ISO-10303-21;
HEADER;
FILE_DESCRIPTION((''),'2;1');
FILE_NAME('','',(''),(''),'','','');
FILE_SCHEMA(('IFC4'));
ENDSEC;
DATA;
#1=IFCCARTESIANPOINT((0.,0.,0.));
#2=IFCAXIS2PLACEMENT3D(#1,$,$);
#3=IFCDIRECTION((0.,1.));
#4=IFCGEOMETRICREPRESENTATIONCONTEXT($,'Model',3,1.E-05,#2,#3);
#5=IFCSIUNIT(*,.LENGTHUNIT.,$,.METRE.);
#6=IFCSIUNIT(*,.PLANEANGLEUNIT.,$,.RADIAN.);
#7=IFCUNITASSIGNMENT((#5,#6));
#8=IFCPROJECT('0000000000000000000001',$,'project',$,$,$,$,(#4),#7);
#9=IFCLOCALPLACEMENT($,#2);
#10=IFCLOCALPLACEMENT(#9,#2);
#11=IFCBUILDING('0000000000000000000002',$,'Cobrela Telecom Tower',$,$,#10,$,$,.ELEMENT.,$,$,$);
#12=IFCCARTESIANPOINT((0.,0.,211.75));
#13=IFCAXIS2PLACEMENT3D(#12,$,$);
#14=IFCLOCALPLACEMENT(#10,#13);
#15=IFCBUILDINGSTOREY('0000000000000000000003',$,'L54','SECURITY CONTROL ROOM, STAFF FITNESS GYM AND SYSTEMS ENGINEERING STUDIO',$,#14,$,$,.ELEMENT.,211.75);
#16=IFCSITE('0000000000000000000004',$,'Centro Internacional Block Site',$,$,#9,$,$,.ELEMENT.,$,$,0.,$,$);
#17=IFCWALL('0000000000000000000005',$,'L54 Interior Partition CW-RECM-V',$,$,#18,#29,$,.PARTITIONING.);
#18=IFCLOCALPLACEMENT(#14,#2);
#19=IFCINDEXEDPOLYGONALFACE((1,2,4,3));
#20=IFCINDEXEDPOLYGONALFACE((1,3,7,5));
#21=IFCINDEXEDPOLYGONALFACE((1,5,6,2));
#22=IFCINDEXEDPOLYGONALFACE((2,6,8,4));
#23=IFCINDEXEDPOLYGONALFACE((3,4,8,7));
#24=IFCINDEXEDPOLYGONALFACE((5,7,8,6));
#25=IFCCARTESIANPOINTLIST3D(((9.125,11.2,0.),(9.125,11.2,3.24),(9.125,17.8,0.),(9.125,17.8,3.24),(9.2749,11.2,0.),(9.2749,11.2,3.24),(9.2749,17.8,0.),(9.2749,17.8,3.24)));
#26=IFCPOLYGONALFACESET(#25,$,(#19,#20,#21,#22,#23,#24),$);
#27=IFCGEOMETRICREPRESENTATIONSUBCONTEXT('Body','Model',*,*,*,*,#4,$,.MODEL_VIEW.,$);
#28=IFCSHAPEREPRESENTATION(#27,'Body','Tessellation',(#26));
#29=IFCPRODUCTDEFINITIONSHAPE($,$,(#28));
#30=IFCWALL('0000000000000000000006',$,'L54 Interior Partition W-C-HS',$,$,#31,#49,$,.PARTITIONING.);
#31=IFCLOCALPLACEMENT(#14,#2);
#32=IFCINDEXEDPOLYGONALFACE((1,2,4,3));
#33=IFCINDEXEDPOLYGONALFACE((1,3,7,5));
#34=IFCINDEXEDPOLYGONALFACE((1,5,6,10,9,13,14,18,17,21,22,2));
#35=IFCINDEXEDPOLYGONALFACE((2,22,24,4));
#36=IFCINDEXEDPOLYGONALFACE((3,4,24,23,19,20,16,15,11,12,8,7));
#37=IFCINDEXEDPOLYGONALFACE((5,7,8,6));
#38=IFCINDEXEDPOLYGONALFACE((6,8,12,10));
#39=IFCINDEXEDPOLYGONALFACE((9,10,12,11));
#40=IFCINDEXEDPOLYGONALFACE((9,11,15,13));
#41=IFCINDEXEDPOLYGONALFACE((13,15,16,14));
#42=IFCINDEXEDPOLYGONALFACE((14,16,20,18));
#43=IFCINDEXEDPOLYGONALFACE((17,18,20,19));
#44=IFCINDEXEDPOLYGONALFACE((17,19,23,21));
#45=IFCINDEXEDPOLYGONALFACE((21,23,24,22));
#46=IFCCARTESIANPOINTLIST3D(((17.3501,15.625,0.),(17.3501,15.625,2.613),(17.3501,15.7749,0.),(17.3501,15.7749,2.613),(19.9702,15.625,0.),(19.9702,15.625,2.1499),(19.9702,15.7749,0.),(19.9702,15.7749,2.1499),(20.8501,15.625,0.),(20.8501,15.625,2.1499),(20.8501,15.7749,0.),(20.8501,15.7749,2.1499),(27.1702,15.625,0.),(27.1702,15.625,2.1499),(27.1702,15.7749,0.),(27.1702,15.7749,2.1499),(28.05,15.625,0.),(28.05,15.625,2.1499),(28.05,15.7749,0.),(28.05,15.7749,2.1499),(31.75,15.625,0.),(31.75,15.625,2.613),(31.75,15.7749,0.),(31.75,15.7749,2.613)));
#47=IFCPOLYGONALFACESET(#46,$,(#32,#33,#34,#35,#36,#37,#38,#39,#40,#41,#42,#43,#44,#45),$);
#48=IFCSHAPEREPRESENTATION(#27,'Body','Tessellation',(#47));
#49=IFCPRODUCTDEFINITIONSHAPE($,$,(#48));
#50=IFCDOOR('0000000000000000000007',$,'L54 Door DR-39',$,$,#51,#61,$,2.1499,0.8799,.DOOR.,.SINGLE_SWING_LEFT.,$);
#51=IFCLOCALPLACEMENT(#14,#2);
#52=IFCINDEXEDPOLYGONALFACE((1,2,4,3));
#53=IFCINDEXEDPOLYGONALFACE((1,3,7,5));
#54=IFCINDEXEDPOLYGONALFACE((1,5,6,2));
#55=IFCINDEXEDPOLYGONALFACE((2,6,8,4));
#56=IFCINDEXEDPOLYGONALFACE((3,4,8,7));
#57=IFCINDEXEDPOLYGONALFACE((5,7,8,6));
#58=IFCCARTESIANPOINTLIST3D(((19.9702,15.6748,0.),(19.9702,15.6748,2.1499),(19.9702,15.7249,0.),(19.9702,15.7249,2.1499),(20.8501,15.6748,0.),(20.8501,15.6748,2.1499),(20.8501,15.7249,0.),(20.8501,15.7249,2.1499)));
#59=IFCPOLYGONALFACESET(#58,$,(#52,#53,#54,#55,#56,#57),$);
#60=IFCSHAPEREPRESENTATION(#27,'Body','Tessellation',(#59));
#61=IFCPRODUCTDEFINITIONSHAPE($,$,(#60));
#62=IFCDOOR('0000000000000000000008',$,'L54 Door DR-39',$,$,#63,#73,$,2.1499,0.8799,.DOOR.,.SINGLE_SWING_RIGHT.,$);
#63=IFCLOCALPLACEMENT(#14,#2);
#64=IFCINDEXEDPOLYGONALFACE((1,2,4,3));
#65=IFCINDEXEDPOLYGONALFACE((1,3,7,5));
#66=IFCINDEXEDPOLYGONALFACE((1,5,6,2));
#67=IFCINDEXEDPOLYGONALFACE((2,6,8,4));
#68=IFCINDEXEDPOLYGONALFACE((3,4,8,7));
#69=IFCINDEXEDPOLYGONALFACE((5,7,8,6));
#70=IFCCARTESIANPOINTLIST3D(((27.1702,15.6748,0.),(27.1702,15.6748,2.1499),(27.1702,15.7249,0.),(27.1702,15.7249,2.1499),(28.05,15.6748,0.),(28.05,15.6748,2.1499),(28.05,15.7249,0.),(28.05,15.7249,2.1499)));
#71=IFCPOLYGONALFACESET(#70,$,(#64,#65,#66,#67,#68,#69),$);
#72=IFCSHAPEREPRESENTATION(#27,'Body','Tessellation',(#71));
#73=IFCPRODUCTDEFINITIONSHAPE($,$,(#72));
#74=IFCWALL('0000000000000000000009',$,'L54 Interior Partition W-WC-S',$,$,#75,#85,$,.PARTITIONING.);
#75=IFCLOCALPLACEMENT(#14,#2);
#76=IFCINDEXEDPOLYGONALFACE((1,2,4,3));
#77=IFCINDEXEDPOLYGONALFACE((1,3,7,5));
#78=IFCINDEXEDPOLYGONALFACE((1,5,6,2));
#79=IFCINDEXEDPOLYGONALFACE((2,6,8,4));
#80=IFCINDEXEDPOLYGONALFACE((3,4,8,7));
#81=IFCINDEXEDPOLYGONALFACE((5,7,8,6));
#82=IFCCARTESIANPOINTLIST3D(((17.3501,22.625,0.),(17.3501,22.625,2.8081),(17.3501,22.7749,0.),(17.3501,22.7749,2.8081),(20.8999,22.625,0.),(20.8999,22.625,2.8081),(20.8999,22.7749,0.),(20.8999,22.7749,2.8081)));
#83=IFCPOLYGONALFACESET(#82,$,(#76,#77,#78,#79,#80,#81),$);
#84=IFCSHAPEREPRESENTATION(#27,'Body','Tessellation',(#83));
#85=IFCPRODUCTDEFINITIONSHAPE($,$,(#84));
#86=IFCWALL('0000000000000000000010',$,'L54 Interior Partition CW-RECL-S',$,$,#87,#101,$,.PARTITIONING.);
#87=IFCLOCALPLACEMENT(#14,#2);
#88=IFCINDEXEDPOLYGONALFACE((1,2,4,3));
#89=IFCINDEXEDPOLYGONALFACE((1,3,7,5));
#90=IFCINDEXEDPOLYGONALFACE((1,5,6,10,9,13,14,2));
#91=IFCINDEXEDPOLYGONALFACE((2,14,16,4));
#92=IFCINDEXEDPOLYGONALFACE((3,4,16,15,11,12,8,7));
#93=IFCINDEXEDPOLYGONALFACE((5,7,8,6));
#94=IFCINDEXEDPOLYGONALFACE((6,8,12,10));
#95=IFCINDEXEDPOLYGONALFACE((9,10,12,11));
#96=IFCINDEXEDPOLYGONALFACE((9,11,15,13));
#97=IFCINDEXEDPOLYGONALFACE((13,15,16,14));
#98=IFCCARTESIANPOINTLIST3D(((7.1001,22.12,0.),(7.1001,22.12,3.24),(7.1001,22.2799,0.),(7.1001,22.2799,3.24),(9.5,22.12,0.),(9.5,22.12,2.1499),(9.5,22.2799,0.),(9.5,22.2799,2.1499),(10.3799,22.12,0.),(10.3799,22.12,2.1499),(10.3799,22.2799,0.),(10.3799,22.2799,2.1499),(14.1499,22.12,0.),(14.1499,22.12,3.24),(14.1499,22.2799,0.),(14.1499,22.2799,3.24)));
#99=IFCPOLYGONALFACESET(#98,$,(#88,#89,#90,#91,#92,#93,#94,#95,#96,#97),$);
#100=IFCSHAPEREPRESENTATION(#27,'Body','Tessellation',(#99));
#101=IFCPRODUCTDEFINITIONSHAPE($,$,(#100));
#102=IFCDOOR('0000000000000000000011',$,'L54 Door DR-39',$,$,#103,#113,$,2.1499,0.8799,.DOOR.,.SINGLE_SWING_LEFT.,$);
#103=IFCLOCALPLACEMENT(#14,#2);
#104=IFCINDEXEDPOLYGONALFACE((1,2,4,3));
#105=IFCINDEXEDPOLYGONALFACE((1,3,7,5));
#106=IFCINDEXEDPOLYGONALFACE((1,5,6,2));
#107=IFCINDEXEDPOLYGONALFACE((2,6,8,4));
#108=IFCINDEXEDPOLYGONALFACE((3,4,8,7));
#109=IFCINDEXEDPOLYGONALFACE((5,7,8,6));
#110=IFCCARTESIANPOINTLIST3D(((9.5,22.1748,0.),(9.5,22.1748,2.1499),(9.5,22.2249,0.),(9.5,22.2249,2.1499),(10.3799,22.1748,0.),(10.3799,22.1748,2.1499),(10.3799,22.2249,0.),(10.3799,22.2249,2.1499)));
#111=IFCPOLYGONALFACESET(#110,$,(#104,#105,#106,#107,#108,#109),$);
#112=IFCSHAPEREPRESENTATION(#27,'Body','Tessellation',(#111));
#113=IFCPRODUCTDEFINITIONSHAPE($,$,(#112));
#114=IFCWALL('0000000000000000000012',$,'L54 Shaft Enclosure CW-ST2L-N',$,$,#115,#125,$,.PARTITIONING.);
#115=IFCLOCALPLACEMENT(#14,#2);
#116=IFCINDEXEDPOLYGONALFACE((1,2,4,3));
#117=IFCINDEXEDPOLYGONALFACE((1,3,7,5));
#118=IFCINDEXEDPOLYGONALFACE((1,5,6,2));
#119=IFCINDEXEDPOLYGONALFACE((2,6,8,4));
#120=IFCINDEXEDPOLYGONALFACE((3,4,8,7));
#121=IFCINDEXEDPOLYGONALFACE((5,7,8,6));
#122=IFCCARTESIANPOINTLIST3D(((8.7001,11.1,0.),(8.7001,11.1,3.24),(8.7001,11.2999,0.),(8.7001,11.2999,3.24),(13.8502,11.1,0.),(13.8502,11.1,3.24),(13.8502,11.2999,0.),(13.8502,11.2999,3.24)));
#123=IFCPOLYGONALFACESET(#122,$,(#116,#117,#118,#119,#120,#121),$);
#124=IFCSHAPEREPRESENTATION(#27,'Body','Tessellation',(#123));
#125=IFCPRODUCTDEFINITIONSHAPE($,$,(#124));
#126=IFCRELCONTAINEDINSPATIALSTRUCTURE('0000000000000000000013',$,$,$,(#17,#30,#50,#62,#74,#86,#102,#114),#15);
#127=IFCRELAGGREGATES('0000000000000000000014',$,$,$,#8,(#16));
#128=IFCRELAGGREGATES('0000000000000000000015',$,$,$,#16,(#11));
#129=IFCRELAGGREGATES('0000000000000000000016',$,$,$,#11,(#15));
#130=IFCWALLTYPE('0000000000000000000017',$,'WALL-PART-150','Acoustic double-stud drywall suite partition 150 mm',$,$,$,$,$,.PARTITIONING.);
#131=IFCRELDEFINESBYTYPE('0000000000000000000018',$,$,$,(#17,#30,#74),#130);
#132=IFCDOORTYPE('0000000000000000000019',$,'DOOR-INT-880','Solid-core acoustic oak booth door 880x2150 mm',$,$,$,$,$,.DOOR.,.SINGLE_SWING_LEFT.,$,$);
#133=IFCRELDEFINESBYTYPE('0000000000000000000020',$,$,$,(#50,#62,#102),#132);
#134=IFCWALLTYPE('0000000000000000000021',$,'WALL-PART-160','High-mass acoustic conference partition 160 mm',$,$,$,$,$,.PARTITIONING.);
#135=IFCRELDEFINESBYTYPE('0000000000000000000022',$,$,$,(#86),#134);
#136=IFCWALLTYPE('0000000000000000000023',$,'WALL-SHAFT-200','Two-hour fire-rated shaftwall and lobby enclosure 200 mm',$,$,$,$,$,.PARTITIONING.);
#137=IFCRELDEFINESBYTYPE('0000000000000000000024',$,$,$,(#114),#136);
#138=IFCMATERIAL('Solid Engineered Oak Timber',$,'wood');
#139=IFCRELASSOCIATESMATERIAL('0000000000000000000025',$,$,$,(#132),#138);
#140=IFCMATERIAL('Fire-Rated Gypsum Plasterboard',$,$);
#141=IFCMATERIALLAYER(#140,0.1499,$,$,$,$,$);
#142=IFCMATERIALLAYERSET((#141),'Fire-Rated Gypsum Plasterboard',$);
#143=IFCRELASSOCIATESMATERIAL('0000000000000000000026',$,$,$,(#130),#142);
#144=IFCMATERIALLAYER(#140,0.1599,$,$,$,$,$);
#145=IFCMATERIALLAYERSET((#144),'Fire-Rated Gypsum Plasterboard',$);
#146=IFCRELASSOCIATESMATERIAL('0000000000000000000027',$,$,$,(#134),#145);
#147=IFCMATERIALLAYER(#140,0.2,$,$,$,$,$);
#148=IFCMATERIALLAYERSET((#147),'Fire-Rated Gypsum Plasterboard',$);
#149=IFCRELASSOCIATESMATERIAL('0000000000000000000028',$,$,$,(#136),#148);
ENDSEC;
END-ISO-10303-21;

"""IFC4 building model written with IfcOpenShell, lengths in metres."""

from ifc_helpers import new_model, si_unit, direction, frame, frame_2d, origin, place, context, subcontext, project, spatial, rectangle, extrude, material, layer, layer_set, type_object, element, fill, save


model = new_model("IFC4")

# Units and contexts
model_context = context("Model", 3, precision=1e-05, world=origin(), true_north=direction((0.0, 1.0)))
body_context = subcontext(model_context, "Body", "Model", "MODEL_VIEW")
ifc_project = project(units=[si_unit("LENGTHUNIT", "METRE"), si_unit("PLANEANGLEUNIT", "RADIAN")], contexts=[model_context])

# Site, building, storey
site_placement = place(None, origin())
site = spatial("IfcSite", under=ifc_project, at=site_placement, Name="Centro Internacional Block Site", CompositionType="ELEMENT", RefElevation=0.0)
building_placement = place(site_placement, origin())
building = spatial("IfcBuilding", under=site, at=building_placement, Name="Cobrela Telecom Tower", CompositionType="ELEMENT")
storey_placement = place(building_placement, frame((0.0, 0.0, 211.75)))
storey = spatial("IfcBuildingStorey", under=building, at=storey_placement, Name="L54", Description="SECURITY CONTROL ROOM, STAFF FITNESS GYM AND SYSTEMS ENGINEERING STUDIO", CompositionType="ELEMENT", Elevation=211.75)

# Shared definitions
ifc_material_1 = material(Name="Fire-Rated Gypsum Plasterboard")
ifc_material_2 = material(Name="Solid Engineered Oak Timber", Category="wood")

# Shared definitions
door_type_1 = type_object("IfcDoorType", Name="DOOR-INT-880", Description="Solid-core acoustic oak booth door 880x2150 mm", OperationType="SINGLE_SWING_LEFT", PredefinedType="DOOR", material=ifc_material_2)

# Wall
ifc_layer_1 = layer(ifc_material_1, 0.1499)
ifc_layer_set_1 = layer_set([ifc_layer_1], Name="Fire-Rated Gypsum Plasterboard")
wall_type_1 = type_object("IfcWallType", Name="WALL-PART-150", Description="Acoustic double-stud drywall suite partition 150 mm", PredefinedType="PARTITIONING", material=ifc_layer_set_1)
wall_1_placement = place(storey_placement, frame((9.2, 11.2, 0.0), z_axis=(0.0, 0.0, 1.0), x_axis=(0.0, 1.0, 0.0)))
element("IfcWall", 1, at=wall_1_placement, inside=storey, type_object=wall_type_1, Name="L54 Interior Partition CW-RECM-V", PredefinedType="PARTITIONING", context=body_context, shape_type="SweptSolid", body=[
    extrude(rectangle(XDim=6.6001, YDim=0.1499, at=frame_2d((3.3, 0.0))), origin(), (0.0, 0.0, 1.0), 3.24),
])

# Wall, openings, doors
wall_2_placement = place(storey_placement, frame((17.3501, 15.7, 0.0), z_axis=(0.0, 0.0, 1.0), x_axis=(1.0, 0.0, 0.0)))
wall_2 = element("IfcWall", 2, at=wall_2_placement, inside=storey, type_object=wall_type_1, Name="L54 Interior Partition W-C-HS", PredefinedType="PARTITIONING", context=body_context, shape_type="SweptSolid", body=[
    extrude(rectangle(XDim=14.3999, YDim=0.1499, at=frame_2d((7.2, 0.0))), origin(), (0.0, 0.0, 1.0), 2.613),
])
opening_1_placement = place(wall_2_placement, frame((2.6201, 0.0, 0.0)))
opening_1 = element("IfcOpeningElement", 3, at=opening_1_placement, cuts=wall_2, PredefinedType="OPENING", context=body_context, shape_type="SweptSolid", body=[
    extrude(rectangle(XDim=0.8799, YDim=2.1499, at=frame_2d((0.4399, 1.075))), frame((0.0, 0.0869, 0.0), z_axis=(0.0, -1.0, 0.0), x_axis=(1.0, 0.0, 0.0)), (0.0, 0.0, 1.0), 0.1738),
])
opening_2_placement = place(wall_2_placement, frame((9.8201, 0.0, 0.0)))
opening_2 = element("IfcOpeningElement", 4, at=opening_2_placement, cuts=wall_2, PredefinedType="OPENING", context=body_context, shape_type="SweptSolid", body=[
    extrude(rectangle(XDim=0.8799, YDim=2.1499, at=frame_2d((0.4399, 1.075))), frame((0.0, 0.0869, 0.0), z_axis=(0.0, -1.0, 0.0), x_axis=(1.0, 0.0, 0.0)), (0.0, 0.0, 1.0), 0.1738),
])
door_1_placement = place(opening_1_placement, origin())
door_1 = element("IfcDoor", 5, at=door_1_placement, inside=storey, type_object=door_type_1, Name="L54 Door DR-39", OperationType="SINGLE_SWING_LEFT", OverallHeight=2.1499, OverallWidth=0.8799, PredefinedType="DOOR", context=body_context, shape_type="SweptSolid", body=[
    extrude(rectangle(XDim=0.8799, YDim=2.1499, at=frame_2d((0.4399, 1.075))), frame((0.0, 0.0249, 0.0), z_axis=(0.0, -1.0, 0.0), x_axis=(1.0, 0.0, 0.0)), (0.0, 0.0, 1.0), 0.05),
])
fill(opening_1, door_1)
door_2_placement = place(opening_2_placement, origin())
door_2 = element("IfcDoor", 6, at=door_2_placement, inside=storey, type_object=door_type_1, Name="L54 Door DR-39", OperationType="SINGLE_SWING_RIGHT", OverallHeight=2.1499, OverallWidth=0.8799, PredefinedType="DOOR", context=body_context, shape_type="SweptSolid", body=[
    extrude(rectangle(XDim=0.8799, YDim=2.1499, at=frame_2d((0.4399, 1.075))), frame((0.0, 0.0249, 0.0), z_axis=(0.0, -1.0, 0.0), x_axis=(1.0, 0.0, 0.0)), (0.0, 0.0, 1.0), 0.05),
])
fill(opening_2, door_2)

# Wall
wall_3_placement = place(storey_placement, frame((17.3501, 22.7, 0.0), z_axis=(0.0, 0.0, 1.0), x_axis=(1.0, 0.0, 0.0)))
element("IfcWall", 7, at=wall_3_placement, inside=storey, type_object=wall_type_1, Name="L54 Interior Partition W-WC-S", PredefinedType="PARTITIONING", context=body_context, shape_type="SweptSolid", body=[
    extrude(rectangle(XDim=3.5498, YDim=0.1499, at=frame_2d((1.7749, 0.0))), origin(), (0.0, 0.0, 1.0), 2.8081),
])

# Wall, opening, door
ifc_layer_2 = layer(ifc_material_1, 0.1599)
ifc_layer_set_2 = layer_set([ifc_layer_2], Name="Fire-Rated Gypsum Plasterboard")
wall_type_2 = type_object("IfcWallType", Name="WALL-PART-160", Description="High-mass acoustic conference partition 160 mm", PredefinedType="PARTITIONING", material=ifc_layer_set_2)
wall_4_placement = place(storey_placement, frame((7.1001, 22.2, 0.0), z_axis=(0.0, 0.0, 1.0), x_axis=(1.0, 0.0, 0.0)))
wall_4 = element("IfcWall", 8, at=wall_4_placement, inside=storey, type_object=wall_type_2, Name="L54 Interior Partition CW-RECL-S", PredefinedType="PARTITIONING", context=body_context, shape_type="SweptSolid", body=[
    extrude(rectangle(XDim=7.0498, YDim=0.1599, at=frame_2d((3.5249, 0.0))), origin(), (0.0, 0.0, 1.0), 3.24),
])
opening_3_placement = place(wall_4_placement, frame((2.3999, 0.0, 0.0)))
opening_3 = element("IfcOpeningElement", 9, at=opening_3_placement, cuts=wall_4, PredefinedType="OPENING", context=body_context, shape_type="SweptSolid", body=[
    extrude(rectangle(XDim=0.8799, YDim=2.1499, at=frame_2d((0.4399, 1.075))), frame((0.0, 0.0918, 0.0), z_axis=(0.0, -1.0, 0.0), x_axis=(1.0, 0.0, 0.0)), (0.0, 0.0, 1.0), 0.1838),
])
door_3_placement = place(opening_3_placement, origin())
door_3 = element("IfcDoor", 10, at=door_3_placement, inside=storey, type_object=door_type_1, Name="L54 Door DR-39", OperationType="SINGLE_SWING_LEFT", OverallHeight=2.1499, OverallWidth=0.8799, PredefinedType="DOOR", context=body_context, shape_type="SweptSolid", body=[
    extrude(rectangle(XDim=0.8799, YDim=2.1499, at=frame_2d((0.4399, 1.075))), frame((0.0, 0.0249, 0.0), z_axis=(0.0, -1.0, 0.0), x_axis=(1.0, 0.0, 0.0)), (0.0, 0.0, 1.0), 0.05),
])
fill(opening_3, door_3)

# Wall
ifc_layer_3 = layer(ifc_material_1, 0.2)
ifc_layer_set_3 = layer_set([ifc_layer_3], Name="Fire-Rated Gypsum Plasterboard")
wall_type_3 = type_object("IfcWallType", Name="WALL-SHAFT-200", Description="Two-hour fire-rated shaftwall and lobby enclosure 200 mm", PredefinedType="PARTITIONING", material=ifc_layer_set_3)
wall_5_placement = place(storey_placement, frame((8.7, 11.2, 0.0), z_axis=(0.0, 0.0, 1.0), x_axis=(1.0, 0.0, 0.0)))
element("IfcWall", 11, at=wall_5_placement, inside=storey, type_object=wall_type_3, Name="L54 Shaft Enclosure CW-ST2L-N", PredefinedType="PARTITIONING", context=body_context, shape_type="SweptSolid", body=[
    extrude(rectangle(XDim=5.1501, YDim=0.2, at=frame_2d((2.5752, 0.0))), origin(), (0.0, 0.0, 1.0), 3.24),
])

save(model, "model.ifc")
